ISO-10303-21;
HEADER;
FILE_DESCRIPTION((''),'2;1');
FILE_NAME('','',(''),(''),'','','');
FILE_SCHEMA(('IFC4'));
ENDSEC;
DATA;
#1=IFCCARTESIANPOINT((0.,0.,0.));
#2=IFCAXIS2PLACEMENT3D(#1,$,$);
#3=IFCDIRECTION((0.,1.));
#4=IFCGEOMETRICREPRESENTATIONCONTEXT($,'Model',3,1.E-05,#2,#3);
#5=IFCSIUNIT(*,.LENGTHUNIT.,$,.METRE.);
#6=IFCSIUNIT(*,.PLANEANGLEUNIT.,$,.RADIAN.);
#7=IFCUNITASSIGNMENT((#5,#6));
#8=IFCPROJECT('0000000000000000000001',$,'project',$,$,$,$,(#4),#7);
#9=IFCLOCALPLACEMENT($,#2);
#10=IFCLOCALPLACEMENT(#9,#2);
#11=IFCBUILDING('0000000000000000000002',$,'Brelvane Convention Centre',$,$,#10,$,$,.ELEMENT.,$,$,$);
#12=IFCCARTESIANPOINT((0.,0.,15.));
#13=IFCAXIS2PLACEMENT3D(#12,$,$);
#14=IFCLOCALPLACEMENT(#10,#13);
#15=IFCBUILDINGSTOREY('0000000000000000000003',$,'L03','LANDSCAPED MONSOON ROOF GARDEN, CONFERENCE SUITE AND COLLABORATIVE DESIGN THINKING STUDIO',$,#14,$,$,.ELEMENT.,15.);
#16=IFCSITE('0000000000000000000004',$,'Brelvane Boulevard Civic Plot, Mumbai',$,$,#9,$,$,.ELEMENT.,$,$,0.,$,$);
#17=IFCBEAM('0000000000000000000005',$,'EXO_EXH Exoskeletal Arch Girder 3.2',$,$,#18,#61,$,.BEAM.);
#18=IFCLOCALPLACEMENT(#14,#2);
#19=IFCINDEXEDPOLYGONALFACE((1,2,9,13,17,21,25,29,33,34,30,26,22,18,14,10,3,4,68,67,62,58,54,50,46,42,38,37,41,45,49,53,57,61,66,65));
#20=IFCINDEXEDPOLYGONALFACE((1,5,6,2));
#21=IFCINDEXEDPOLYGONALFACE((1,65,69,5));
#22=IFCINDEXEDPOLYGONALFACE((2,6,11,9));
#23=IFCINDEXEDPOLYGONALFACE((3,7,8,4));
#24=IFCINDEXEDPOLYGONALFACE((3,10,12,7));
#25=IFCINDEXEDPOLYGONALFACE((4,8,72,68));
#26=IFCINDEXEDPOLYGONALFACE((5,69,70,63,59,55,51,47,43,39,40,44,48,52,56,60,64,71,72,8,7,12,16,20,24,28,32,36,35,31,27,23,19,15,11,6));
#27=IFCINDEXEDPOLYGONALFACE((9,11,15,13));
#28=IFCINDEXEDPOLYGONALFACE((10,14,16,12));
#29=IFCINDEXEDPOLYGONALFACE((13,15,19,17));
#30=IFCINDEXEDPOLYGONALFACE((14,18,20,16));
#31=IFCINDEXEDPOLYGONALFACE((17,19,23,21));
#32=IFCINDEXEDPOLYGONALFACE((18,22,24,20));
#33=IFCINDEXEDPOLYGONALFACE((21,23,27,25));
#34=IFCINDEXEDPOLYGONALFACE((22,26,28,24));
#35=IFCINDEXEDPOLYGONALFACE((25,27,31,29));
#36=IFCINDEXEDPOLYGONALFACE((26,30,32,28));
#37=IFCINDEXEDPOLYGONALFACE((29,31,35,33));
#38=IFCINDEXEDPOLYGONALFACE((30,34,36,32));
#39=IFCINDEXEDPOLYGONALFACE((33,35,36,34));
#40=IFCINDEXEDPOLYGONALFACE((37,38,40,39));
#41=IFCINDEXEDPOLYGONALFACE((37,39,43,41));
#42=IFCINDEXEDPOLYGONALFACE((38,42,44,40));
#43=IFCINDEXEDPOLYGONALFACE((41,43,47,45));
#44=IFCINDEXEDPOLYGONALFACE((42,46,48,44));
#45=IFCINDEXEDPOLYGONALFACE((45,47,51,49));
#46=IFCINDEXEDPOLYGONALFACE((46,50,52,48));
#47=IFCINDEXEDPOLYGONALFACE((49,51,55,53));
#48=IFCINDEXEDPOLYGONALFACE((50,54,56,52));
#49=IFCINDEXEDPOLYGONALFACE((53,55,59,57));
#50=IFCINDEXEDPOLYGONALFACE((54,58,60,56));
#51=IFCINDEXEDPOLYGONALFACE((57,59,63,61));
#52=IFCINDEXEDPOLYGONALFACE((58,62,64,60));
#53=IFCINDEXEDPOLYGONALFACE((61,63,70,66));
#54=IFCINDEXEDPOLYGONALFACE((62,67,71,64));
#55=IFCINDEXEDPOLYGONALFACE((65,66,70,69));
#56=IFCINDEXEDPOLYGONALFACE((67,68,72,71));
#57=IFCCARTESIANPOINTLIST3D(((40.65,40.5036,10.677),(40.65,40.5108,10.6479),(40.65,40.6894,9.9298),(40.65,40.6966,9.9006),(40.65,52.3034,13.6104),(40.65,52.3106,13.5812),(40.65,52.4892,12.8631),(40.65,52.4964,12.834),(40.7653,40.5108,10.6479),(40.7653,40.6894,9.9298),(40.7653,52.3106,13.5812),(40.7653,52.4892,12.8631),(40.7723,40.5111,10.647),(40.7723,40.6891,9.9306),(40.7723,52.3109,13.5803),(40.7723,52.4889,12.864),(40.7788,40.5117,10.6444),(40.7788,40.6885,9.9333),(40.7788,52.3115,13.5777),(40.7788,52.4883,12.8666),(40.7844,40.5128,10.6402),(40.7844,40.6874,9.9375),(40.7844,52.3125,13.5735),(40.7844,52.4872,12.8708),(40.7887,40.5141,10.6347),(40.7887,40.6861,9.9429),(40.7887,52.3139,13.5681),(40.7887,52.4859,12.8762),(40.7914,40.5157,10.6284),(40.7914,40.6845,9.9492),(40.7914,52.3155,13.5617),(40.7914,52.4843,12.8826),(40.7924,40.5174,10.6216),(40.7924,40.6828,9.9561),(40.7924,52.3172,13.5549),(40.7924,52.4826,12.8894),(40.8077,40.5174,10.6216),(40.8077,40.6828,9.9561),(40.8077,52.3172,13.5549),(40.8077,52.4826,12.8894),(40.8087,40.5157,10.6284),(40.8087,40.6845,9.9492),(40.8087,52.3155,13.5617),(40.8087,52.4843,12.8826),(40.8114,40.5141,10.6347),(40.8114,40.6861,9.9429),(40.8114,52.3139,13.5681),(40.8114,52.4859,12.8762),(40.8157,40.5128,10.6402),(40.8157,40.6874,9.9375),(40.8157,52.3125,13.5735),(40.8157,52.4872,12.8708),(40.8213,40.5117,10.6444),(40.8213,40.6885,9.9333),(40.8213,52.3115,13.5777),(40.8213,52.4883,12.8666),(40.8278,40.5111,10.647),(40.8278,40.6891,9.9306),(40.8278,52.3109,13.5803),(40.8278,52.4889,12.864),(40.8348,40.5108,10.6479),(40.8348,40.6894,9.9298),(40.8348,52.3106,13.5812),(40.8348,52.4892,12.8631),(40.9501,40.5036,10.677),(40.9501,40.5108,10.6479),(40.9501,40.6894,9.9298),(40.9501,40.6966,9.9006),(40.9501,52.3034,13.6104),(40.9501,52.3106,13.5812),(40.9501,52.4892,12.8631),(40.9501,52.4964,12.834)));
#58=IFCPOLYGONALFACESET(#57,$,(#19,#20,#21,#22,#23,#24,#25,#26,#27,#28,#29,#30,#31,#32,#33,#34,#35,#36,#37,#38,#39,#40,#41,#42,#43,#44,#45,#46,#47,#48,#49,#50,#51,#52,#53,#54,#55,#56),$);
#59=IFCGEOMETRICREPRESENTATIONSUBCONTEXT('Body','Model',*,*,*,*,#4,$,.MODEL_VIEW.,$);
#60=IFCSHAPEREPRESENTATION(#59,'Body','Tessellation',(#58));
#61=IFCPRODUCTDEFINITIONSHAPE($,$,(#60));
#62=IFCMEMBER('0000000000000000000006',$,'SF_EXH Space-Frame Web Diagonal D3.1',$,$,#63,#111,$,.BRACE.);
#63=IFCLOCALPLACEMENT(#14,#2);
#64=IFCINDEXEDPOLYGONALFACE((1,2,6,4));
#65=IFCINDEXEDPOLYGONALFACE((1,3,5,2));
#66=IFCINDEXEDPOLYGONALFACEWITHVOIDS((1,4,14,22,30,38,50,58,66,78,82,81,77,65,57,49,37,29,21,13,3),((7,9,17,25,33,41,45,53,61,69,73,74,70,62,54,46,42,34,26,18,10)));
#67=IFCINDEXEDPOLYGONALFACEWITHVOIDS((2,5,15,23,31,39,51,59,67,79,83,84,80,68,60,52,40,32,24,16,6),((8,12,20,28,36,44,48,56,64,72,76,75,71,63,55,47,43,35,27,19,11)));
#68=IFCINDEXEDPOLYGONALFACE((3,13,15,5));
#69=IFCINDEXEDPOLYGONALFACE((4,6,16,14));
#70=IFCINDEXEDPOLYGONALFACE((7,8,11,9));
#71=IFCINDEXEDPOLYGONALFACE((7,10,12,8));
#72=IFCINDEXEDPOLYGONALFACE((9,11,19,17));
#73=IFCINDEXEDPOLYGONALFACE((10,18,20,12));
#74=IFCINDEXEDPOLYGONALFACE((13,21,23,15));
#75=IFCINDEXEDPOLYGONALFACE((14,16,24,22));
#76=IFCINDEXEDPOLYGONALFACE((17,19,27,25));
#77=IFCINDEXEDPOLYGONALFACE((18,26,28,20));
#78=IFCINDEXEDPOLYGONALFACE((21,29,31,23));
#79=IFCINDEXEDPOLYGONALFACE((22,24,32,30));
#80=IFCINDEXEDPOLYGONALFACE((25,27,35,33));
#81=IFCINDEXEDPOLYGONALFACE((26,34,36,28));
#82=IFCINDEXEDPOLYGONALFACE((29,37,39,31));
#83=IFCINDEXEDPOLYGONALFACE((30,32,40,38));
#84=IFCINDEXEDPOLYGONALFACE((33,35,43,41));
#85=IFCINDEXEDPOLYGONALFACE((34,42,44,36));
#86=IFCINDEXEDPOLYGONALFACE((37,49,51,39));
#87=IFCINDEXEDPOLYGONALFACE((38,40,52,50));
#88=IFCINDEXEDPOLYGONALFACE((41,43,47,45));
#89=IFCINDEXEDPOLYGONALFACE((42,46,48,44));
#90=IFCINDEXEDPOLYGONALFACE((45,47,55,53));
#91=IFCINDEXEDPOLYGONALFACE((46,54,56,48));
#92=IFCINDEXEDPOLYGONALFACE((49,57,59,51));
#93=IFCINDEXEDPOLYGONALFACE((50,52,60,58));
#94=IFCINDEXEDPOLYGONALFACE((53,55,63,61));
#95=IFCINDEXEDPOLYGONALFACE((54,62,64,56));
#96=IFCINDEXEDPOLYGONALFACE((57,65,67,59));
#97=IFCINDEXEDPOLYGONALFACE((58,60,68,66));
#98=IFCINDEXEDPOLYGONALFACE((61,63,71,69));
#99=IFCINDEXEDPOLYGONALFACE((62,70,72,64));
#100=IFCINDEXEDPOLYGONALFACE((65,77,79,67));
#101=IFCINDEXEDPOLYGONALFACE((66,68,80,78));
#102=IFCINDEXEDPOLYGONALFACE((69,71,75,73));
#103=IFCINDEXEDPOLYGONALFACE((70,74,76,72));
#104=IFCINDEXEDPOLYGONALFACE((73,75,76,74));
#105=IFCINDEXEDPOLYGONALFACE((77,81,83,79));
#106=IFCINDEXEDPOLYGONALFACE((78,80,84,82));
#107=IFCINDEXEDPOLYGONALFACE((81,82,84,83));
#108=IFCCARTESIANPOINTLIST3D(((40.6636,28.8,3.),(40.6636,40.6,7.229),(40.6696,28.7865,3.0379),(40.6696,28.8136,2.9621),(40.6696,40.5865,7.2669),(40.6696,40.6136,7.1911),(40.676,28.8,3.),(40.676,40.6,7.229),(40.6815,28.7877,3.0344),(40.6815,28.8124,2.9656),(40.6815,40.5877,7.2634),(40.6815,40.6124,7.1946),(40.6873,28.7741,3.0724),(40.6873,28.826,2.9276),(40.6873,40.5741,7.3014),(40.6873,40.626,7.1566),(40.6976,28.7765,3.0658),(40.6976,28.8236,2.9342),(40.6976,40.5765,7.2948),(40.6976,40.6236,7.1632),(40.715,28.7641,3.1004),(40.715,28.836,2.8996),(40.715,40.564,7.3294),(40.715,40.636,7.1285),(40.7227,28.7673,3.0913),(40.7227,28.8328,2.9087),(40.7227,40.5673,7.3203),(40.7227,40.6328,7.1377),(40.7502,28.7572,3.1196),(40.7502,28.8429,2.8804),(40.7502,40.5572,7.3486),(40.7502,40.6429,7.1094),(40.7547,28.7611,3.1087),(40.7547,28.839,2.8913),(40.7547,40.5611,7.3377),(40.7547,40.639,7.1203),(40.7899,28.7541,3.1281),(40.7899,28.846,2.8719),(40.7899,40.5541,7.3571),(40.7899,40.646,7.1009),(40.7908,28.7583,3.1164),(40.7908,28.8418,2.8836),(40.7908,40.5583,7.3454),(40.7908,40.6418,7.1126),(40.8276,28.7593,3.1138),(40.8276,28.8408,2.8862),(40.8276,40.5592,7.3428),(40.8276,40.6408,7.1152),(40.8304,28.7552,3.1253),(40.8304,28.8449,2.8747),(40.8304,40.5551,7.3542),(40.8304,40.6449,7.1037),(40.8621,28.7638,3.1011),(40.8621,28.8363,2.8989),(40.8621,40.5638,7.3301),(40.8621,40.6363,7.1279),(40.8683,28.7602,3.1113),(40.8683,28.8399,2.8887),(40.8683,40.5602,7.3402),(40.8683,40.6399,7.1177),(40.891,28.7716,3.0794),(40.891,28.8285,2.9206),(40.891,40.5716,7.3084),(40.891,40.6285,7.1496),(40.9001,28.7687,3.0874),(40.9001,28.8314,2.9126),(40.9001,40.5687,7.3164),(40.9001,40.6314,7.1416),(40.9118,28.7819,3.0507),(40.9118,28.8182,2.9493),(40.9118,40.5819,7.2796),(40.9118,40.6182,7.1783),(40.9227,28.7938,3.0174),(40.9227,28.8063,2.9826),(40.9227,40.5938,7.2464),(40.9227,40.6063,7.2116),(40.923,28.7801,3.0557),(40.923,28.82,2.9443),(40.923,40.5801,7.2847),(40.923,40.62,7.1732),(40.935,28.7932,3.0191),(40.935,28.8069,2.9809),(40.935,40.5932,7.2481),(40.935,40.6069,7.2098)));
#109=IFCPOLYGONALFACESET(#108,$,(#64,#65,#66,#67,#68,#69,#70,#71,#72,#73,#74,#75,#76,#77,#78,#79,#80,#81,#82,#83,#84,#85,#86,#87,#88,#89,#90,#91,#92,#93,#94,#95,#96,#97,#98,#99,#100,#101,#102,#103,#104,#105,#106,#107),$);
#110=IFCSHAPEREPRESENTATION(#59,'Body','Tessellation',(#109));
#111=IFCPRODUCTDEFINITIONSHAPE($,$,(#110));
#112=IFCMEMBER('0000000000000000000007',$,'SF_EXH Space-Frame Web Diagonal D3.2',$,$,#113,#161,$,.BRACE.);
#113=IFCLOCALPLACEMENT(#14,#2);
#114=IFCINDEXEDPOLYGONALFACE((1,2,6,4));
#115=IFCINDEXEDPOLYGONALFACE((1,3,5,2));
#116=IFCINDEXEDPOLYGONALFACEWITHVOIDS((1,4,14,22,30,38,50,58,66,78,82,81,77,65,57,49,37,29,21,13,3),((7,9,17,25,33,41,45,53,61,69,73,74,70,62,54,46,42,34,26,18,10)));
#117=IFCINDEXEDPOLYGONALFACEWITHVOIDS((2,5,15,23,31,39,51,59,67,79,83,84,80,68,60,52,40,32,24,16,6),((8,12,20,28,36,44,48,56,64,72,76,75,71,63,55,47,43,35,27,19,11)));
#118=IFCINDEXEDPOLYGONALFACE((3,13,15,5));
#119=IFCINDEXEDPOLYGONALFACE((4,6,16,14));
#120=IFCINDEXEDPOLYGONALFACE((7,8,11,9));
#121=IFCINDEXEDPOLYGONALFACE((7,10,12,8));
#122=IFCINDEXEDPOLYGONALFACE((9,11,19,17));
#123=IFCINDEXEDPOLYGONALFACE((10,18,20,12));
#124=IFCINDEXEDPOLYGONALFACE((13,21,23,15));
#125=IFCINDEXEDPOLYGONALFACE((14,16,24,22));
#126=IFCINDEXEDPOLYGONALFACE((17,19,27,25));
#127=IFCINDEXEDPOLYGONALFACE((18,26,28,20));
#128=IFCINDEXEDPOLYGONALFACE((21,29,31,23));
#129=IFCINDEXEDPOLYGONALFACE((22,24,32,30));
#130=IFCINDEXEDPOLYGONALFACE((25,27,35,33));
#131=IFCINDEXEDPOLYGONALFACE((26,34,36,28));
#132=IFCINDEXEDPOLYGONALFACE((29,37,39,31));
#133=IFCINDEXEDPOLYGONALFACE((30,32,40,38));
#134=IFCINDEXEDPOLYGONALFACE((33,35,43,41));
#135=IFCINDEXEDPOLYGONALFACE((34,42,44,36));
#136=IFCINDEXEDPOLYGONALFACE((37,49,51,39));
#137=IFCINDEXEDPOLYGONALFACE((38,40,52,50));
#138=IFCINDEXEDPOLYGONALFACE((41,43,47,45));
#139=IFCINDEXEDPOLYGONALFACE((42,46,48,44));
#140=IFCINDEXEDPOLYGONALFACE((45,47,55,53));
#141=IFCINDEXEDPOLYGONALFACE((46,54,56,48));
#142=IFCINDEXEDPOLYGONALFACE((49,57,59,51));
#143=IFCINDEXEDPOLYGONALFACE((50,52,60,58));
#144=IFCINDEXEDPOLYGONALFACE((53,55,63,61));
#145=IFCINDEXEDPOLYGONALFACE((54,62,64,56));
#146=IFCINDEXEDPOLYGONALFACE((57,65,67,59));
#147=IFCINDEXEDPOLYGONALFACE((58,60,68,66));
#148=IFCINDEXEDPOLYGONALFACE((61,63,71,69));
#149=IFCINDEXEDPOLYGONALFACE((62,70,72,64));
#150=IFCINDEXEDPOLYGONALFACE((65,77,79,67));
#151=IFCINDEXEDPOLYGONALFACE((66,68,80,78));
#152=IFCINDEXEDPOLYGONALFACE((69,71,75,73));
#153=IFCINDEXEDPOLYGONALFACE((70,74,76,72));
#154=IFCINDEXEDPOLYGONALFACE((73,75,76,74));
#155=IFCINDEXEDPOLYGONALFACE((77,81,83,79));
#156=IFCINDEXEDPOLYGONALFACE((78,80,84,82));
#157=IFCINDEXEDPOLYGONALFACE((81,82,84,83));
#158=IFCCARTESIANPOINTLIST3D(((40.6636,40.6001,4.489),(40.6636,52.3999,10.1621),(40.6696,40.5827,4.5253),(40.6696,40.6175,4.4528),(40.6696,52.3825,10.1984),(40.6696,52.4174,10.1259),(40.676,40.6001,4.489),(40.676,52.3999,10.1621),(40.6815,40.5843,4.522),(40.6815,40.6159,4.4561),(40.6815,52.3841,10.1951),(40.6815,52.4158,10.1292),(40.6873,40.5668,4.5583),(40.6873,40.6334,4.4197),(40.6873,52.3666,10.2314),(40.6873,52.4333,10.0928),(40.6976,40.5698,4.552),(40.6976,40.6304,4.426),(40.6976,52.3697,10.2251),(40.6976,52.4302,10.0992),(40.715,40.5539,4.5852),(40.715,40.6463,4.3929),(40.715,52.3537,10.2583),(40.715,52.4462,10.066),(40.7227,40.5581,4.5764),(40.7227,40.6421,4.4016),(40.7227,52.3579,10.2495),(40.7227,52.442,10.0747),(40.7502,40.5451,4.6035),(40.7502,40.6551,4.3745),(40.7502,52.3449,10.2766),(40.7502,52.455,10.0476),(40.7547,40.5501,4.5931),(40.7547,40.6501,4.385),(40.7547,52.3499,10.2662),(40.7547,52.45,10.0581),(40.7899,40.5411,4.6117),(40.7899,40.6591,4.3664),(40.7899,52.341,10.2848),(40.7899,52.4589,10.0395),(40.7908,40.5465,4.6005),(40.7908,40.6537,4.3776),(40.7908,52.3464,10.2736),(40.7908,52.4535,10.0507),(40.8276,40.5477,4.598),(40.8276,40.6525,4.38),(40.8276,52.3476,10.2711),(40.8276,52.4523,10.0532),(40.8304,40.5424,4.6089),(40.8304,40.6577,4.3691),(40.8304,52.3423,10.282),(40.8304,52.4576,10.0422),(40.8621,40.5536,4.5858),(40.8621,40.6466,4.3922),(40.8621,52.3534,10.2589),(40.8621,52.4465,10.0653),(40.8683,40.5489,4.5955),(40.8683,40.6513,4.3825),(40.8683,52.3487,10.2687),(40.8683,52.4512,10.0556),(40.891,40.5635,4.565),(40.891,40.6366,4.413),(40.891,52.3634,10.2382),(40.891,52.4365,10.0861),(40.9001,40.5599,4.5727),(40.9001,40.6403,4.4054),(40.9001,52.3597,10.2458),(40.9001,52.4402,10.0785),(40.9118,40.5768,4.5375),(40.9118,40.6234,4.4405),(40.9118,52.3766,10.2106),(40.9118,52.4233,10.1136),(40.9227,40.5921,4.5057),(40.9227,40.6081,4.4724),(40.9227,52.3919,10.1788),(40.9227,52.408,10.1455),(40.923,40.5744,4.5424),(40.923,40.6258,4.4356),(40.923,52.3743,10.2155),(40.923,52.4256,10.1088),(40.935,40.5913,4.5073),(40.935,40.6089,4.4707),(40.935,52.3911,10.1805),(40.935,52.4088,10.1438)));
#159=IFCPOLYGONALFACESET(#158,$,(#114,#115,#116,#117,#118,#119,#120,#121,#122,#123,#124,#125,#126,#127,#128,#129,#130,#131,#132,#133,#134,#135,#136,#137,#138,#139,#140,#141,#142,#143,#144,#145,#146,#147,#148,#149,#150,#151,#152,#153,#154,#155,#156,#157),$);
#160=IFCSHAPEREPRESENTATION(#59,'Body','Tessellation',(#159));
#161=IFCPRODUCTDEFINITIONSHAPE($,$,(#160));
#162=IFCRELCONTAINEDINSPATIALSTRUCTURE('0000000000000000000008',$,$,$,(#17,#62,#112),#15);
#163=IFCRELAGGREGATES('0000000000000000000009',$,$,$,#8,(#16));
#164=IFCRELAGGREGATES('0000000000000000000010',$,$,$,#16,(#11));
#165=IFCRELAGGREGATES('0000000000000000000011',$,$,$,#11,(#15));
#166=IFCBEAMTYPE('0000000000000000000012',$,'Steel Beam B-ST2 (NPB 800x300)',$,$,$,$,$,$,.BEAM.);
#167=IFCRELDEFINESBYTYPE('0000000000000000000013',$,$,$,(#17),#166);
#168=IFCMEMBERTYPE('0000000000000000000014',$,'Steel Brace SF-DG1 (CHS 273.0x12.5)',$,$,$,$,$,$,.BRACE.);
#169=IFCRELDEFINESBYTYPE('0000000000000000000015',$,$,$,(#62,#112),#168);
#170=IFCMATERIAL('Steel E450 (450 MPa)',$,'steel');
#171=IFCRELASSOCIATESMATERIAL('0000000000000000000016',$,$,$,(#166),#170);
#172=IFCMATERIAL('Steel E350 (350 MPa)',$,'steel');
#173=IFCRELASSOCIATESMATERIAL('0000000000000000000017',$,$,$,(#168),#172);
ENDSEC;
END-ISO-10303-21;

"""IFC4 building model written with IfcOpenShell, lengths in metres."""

from ifc_helpers import new_model, si_unit, direction, frame, origin, origin_2d, place, context, subcontext, project, spatial, hollow_circle, i_section, extrude, material, material_profile, profile_set, type_object, element, save


model = new_model("IFC4")

# Units and contexts
model_context = context("Model", 3, precision=1e-05, world=origin(), true_north=direction((0.0, 1.0)))
body_context = subcontext(model_context, "Body", "Model", "MODEL_VIEW")
ifc_project = project(units=[si_unit("LENGTHUNIT", "METRE"), si_unit("PLANEANGLEUNIT", "RADIAN")], contexts=[model_context])

# Site, building, storey
site_placement = place(None, origin())
site = spatial("IfcSite", under=ifc_project, at=site_placement, Name="Brelvane Boulevard Civic Plot, Mumbai", CompositionType="ELEMENT", RefElevation=0.0)
building_placement = place(site_placement, origin())
building = spatial("IfcBuilding", under=site, at=building_placement, Name="Brelvane Convention Centre", CompositionType="ELEMENT")
storey_placement = place(building_placement, frame((0.0, 0.0, 15.0)))
storey = spatial("IfcBuildingStorey", under=building, at=storey_placement, Name="L03", Description="LANDSCAPED MONSOON ROOF GARDEN, CONFERENCE SUITE AND COLLABORATIVE DESIGN THINKING STUDIO", CompositionType="ELEMENT", Elevation=15.0)

# Beam
ifc_material_1 = material(Name="Steel E450 (450 MPa)", Category="steel")
ifc_material_profile_1 = material_profile(ifc_material_1, i_section(OverallWidth=0.3, OverallDepth=0.8, WebThickness=0.0154, FlangeThickness=0.03, FilletRadius=0.0271, at=origin_2d()), Name="NPB 800x300")
ifc_profile_set_1 = profile_set([ifc_material_profile_1], Name="Steel E450 (450 MPa)")
beam_type_1 = type_object("IfcBeamType", Name="Steel Beam B-ST2 (NPB 800x300)", PredefinedType="BEAM", material=ifc_profile_set_1)
beam_1_placement = place(storey_placement, frame((40.8, 40.6001, 10.2888), z_axis=(0.0, 0.970463, 0.24125), x_axis=(-1.0, 0.0, 0.0)))
element("IfcBeam", 1, at=beam_1_placement, inside=storey, type_object=beam_type_1, Name="EXO_EXH Exoskeletal Arch Girder 3.2", PredefinedType="BEAM", context=body_context, shape_type="SweptSolid", body=[
    extrude(i_section(OverallWidth=0.3, OverallDepth=0.8, WebThickness=0.0154, FlangeThickness=0.03, FilletRadius=0.0271, at=origin_2d()), origin(), (0.0, 0.0, 1.0), 12.1589),
])

# Members
ifc_material_2 = material(Name="Steel E350 (350 MPa)", Category="steel")
ifc_material_profile_2 = material_profile(ifc_material_2, hollow_circle(Radius=0.1365, WallThickness=0.0125, at=origin_2d()), Name="CHS 273.0x12.5")
ifc_profile_set_2 = profile_set([ifc_material_profile_2], Name="Steel E350 (350 MPa)")
member_type_1 = type_object("IfcMemberType", Name="Steel Brace SF-DG1 (CHS 273.0x12.5)", PredefinedType="BRACE", material=ifc_profile_set_2)
member_1_placement = place(storey_placement, frame((40.8, 28.8, 3.0), z_axis=(0.0, 0.94137, 0.337376), x_axis=(-1.0, 0.0, 0.0)))
element("IfcMember", 2, at=member_1_placement, inside=storey, type_object=member_type_1, Name="SF_EXH Space-Frame Web Diagonal D3.1", PredefinedType="BRACE", context=body_context, shape_type="SweptSolid", body=[
    extrude(hollow_circle(Radius=0.1365, WallThickness=0.0125, at=origin_2d()), origin(), (0.0, 0.0, 1.0), 12.5349),
])
member_2_placement = place(storey_placement, frame((40.8, 40.6001, 4.489), z_axis=(0.0, 0.901249, 0.433301), x_axis=(-1.0, 0.0, 0.0)))
element("IfcMember", 3, at=member_2_placement, inside=storey, type_object=member_type_1, Name="SF_EXH Space-Frame Web Diagonal D3.2", PredefinedType="BRACE", context=body_context, shape_type="SweptSolid", body=[
    extrude(hollow_circle(Radius=0.1365, WallThickness=0.0125, at=origin_2d()), origin(), (0.0, 0.0, 1.0), 13.0928),
])

save(model, "model.ifc")
